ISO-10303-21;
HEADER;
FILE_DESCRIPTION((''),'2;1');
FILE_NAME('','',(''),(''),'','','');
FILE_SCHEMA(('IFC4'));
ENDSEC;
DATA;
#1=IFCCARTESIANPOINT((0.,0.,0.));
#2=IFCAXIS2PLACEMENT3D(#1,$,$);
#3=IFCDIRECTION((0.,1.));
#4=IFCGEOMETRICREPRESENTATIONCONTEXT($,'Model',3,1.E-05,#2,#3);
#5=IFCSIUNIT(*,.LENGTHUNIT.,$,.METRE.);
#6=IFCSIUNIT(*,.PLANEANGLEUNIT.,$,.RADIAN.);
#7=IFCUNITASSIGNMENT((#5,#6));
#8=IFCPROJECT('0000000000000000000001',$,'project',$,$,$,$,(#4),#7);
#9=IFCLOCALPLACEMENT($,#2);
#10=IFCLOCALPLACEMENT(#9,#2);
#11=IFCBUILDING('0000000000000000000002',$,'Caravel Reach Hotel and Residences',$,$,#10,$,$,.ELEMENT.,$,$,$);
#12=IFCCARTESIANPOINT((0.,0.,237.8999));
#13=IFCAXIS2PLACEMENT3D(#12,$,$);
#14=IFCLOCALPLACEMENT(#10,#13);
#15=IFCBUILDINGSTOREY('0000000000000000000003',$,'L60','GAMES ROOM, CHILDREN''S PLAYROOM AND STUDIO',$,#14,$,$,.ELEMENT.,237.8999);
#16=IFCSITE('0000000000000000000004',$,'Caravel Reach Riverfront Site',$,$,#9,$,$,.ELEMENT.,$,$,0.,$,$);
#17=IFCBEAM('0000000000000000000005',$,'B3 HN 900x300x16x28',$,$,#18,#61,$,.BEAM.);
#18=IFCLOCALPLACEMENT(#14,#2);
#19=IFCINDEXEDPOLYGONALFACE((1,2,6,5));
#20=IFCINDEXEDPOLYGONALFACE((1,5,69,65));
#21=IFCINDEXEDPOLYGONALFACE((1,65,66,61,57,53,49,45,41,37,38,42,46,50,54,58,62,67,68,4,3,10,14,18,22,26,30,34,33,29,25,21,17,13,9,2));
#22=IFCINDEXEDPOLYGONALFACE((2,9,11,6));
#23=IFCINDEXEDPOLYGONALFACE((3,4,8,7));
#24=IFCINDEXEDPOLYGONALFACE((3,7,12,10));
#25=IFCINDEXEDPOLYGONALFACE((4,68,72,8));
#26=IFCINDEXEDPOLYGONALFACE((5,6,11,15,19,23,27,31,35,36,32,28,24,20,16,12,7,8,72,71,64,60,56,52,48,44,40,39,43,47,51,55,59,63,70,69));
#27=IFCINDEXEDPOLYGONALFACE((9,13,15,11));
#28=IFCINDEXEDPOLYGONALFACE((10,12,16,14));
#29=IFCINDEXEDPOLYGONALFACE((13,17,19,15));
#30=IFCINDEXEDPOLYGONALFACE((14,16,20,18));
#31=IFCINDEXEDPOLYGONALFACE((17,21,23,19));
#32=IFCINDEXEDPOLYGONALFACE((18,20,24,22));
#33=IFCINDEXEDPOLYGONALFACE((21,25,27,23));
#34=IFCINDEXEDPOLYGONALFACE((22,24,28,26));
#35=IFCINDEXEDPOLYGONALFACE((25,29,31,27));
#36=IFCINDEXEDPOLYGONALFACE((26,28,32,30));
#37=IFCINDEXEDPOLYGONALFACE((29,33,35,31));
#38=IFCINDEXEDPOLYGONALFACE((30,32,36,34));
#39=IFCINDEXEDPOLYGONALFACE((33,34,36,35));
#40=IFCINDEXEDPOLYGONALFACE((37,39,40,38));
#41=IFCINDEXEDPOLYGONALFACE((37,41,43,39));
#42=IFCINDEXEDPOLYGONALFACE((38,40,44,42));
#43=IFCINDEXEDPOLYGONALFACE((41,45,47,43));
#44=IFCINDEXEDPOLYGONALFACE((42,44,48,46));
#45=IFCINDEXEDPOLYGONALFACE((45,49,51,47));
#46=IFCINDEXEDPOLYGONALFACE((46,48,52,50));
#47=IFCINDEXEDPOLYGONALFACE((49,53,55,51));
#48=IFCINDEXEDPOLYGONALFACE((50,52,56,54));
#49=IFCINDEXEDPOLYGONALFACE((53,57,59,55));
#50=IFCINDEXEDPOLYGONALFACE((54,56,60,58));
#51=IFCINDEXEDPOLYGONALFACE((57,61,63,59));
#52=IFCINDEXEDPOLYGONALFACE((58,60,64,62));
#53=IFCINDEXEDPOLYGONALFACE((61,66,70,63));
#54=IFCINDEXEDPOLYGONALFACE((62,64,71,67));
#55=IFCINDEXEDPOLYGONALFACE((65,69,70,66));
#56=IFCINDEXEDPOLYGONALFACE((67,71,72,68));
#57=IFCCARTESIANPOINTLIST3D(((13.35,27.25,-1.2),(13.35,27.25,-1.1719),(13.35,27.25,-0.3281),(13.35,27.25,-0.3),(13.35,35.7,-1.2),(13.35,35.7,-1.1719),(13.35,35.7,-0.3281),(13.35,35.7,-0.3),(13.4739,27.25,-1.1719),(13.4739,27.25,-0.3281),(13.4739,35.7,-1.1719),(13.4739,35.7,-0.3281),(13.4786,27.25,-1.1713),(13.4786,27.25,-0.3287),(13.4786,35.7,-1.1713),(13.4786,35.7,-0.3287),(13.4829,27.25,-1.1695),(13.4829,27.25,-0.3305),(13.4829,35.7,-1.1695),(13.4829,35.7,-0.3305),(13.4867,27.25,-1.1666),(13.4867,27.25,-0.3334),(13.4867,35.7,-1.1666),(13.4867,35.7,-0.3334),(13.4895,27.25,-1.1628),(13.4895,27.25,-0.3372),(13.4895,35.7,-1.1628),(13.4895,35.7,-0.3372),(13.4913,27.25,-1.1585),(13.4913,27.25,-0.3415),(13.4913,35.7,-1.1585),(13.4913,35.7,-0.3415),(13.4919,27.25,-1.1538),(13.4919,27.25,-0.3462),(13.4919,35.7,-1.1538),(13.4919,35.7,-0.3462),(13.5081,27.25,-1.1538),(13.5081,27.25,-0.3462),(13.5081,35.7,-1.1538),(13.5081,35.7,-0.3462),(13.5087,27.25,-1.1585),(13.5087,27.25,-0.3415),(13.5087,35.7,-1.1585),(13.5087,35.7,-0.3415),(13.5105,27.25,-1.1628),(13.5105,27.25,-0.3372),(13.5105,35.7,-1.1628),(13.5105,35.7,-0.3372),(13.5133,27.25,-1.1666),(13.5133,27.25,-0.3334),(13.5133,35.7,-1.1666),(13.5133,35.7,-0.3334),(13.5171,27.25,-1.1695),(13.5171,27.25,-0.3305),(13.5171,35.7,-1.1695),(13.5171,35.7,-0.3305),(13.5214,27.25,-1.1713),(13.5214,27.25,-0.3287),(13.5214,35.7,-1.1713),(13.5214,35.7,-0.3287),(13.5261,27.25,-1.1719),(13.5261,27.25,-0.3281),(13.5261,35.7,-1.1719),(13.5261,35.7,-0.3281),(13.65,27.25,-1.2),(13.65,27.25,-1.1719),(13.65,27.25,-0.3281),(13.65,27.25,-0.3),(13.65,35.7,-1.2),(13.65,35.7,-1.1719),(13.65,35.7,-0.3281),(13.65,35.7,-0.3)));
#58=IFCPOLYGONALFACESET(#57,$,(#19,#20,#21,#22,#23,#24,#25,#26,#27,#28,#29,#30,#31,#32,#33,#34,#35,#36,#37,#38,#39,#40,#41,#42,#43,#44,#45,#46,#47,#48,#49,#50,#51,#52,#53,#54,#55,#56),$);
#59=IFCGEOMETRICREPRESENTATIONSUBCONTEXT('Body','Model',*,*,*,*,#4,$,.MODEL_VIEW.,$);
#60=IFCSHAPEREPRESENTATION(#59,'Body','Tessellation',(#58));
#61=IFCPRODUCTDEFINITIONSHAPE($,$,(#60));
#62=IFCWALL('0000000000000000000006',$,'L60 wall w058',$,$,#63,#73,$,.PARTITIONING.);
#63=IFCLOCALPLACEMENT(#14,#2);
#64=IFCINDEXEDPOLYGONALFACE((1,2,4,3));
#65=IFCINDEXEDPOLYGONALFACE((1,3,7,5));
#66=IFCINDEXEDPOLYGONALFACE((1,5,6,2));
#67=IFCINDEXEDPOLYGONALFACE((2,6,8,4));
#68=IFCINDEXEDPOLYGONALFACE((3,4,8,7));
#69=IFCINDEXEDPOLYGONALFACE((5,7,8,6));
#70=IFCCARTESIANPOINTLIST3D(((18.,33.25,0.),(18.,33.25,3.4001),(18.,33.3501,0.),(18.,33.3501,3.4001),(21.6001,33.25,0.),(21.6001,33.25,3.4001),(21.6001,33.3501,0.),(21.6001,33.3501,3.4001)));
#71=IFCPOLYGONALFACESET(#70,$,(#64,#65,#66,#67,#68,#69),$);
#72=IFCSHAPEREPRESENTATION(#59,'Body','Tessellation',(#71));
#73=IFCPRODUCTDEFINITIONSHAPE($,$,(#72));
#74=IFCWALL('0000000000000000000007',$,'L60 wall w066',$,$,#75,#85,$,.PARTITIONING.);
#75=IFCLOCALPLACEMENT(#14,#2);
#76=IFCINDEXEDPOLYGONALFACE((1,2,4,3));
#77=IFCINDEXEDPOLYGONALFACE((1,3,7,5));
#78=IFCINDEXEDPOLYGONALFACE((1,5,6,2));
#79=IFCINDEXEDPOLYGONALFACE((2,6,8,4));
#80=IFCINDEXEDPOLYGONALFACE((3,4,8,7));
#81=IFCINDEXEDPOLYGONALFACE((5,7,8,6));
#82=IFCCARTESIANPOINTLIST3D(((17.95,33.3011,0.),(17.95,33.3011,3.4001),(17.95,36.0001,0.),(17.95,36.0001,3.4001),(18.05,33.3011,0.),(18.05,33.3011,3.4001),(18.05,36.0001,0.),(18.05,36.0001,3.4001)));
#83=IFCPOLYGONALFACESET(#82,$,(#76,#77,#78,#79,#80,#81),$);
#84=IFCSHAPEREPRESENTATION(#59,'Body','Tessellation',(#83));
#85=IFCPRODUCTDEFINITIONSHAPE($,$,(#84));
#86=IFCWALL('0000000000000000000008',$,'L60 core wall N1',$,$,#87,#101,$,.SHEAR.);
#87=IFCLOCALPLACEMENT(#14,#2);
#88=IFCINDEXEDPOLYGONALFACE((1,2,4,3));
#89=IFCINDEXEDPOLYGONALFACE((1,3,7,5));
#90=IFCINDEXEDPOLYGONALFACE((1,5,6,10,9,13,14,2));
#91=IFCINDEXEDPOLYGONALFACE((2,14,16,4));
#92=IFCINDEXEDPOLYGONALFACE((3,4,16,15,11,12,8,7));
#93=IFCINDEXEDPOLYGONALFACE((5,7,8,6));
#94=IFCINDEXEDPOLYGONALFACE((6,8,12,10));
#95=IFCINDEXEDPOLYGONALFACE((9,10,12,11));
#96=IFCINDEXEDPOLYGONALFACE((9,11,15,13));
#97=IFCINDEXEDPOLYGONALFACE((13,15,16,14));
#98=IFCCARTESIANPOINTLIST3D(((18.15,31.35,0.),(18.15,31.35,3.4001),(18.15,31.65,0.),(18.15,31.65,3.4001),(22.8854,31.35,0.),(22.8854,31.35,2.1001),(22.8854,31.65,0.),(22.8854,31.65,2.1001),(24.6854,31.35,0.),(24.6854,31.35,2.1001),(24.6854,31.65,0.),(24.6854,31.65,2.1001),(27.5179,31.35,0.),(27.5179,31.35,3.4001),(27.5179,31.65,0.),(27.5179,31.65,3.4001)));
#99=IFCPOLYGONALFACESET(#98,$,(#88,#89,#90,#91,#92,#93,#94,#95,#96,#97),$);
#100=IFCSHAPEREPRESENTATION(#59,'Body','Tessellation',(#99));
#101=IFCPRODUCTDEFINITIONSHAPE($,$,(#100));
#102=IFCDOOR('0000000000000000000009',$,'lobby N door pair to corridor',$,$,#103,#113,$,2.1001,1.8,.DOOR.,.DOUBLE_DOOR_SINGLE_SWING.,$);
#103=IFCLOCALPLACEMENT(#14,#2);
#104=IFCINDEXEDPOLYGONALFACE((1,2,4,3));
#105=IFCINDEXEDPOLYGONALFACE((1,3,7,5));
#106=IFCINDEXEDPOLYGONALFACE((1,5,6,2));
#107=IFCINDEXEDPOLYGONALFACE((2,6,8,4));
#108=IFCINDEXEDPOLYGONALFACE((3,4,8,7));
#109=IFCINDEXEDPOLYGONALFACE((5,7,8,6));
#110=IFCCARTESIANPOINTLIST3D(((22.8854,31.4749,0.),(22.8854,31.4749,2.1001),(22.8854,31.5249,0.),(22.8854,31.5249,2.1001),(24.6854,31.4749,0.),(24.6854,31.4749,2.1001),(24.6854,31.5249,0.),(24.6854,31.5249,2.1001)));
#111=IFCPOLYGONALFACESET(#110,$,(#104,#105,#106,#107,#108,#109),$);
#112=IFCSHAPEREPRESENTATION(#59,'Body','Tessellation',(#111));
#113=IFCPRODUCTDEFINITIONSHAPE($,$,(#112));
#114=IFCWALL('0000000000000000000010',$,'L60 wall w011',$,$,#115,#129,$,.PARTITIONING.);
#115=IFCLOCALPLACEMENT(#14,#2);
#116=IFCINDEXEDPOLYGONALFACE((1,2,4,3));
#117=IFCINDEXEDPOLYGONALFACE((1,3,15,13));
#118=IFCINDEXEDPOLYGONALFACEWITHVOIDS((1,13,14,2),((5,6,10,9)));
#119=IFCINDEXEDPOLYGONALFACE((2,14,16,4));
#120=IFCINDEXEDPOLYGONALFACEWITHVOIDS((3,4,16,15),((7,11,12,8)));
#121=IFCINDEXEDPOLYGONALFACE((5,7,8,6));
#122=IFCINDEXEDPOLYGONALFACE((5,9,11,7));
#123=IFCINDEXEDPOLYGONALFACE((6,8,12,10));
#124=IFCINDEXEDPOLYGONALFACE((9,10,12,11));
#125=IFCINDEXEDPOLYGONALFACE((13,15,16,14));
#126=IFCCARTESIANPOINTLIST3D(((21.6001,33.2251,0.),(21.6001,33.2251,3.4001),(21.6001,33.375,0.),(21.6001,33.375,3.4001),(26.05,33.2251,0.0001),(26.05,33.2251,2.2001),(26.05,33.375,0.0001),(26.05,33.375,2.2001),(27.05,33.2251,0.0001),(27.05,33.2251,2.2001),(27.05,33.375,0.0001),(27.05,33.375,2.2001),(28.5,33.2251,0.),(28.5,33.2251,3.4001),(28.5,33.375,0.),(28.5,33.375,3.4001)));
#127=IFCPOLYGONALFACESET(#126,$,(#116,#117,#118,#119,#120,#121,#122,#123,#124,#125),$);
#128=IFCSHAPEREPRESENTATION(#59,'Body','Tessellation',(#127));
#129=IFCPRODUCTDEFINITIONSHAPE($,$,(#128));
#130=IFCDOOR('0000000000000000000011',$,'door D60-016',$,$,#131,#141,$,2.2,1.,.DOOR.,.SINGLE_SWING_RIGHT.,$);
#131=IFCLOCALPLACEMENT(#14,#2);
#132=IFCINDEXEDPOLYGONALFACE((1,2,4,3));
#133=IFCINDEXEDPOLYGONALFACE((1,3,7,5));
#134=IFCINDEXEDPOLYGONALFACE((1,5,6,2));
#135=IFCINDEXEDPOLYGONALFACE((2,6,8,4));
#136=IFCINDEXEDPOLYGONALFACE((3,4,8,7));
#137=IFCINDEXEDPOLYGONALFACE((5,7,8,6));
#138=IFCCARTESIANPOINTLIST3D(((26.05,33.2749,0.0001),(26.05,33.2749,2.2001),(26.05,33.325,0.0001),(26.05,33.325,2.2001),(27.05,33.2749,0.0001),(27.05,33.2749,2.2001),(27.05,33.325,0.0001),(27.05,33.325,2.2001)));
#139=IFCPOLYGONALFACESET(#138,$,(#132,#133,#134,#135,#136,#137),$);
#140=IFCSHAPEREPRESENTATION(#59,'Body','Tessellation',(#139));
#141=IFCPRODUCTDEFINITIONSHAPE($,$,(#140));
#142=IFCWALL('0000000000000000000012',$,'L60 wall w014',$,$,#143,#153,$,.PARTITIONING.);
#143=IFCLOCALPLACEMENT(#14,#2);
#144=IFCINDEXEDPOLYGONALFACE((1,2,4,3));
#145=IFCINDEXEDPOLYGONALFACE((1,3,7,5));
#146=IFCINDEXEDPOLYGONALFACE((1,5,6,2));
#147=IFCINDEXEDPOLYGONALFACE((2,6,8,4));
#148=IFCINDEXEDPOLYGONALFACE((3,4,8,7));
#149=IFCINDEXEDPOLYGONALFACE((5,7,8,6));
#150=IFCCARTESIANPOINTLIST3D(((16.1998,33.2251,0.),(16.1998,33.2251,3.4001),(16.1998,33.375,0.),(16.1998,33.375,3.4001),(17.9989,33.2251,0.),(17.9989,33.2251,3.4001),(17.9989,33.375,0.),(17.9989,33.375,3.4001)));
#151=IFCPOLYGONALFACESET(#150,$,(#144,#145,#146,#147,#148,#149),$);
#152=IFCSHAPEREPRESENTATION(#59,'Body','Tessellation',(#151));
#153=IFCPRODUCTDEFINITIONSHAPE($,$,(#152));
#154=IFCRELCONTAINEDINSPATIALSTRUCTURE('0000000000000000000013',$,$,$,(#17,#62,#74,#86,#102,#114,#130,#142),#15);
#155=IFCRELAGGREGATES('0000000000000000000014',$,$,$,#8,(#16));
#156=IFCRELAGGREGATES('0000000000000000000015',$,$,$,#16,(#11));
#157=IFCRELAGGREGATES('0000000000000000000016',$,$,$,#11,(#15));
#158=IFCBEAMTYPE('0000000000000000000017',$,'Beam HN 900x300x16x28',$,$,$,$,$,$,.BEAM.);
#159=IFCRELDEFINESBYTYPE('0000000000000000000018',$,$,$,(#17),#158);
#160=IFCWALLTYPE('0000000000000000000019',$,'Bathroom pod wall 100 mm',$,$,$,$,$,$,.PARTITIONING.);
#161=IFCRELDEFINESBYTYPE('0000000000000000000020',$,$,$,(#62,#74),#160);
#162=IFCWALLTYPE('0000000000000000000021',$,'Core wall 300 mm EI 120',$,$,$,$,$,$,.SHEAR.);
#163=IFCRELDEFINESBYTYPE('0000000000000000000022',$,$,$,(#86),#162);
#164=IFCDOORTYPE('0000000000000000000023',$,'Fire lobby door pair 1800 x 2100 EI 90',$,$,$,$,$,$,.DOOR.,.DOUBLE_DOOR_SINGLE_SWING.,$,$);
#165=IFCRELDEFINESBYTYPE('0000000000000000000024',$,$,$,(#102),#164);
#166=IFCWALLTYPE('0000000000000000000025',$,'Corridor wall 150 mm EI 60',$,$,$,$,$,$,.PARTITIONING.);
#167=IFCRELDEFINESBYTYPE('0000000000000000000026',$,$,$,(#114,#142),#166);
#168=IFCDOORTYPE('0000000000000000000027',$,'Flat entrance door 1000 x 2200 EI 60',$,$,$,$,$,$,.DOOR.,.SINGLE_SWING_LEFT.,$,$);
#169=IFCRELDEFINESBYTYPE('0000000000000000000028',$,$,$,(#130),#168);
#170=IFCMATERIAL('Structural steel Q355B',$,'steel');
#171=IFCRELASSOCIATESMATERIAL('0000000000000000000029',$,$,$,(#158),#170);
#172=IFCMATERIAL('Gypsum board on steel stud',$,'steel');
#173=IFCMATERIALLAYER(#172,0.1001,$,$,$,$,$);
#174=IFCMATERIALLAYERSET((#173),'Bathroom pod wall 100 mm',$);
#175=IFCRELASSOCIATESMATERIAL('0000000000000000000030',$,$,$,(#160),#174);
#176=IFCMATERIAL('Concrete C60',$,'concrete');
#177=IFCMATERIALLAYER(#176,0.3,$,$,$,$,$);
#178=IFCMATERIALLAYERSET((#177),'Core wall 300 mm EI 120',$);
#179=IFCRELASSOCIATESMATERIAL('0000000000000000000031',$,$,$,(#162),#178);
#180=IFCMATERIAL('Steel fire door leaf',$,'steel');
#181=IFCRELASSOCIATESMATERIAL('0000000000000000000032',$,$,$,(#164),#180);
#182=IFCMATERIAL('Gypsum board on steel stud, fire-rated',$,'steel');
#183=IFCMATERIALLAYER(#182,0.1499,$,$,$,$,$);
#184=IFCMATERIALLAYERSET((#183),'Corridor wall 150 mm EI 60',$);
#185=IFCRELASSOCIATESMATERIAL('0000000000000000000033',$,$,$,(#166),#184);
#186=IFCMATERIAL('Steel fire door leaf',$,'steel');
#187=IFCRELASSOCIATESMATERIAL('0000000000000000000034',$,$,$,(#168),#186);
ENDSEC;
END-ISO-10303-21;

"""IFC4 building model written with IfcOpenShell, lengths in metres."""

from ifc_helpers import new_model, si_unit, direction, frame, frame_2d, origin, origin_2d, place, context, subcontext, project, spatial, rectangle, i_section, extrude, material, layer, layer_set, material_profile, profile_set, type_object, element, fill, save


model = new_model("IFC4")

# Units and contexts
model_context = context("Model", 3, precision=1e-05, world=origin(), true_north=direction((0.0, 1.0)))
body_context = subcontext(model_context, "Body", "Model", "MODEL_VIEW")
ifc_project = project(units=[si_unit("LENGTHUNIT", "METRE"), si_unit("PLANEANGLEUNIT", "RADIAN")], contexts=[model_context])

# Site, building, storey
site_placement = place(None, origin())
site = spatial("IfcSite", under=ifc_project, at=site_placement, Name="Caravel Reach Riverfront Site", CompositionType="ELEMENT", RefElevation=0.0)
building_placement = place(site_placement, origin())
building = spatial("IfcBuilding", under=site, at=building_placement, Name="Caravel Reach Hotel and Residences", CompositionType="ELEMENT")
storey_placement = place(building_placement, frame((0.0, 0.0, 237.8999)))
storey = spatial("IfcBuildingStorey", under=building, at=storey_placement, Name="L60", Description="GAMES ROOM, CHILDREN'S PLAYROOM AND STUDIO", CompositionType="ELEMENT", Elevation=237.8999)

# Beam
ifc_material_1 = material(Name="Structural steel Q355B", Category="steel")
ifc_material_profile_1 = material_profile(ifc_material_1, i_section(OverallWidth=0.3, OverallDepth=0.8999, WebThickness=0.0161, FlangeThickness=0.0281, FilletRadius=0.0181, at=origin_2d()), Name="HN 900x300x16x28")
ifc_profile_set_1 = profile_set([ifc_material_profile_1], Name="Structural steel Q355B")
beam_type_1 = type_object("IfcBeamType", Name="Beam HN 900x300x16x28", PredefinedType="BEAM", material=ifc_profile_set_1)
beam_1_placement = place(storey_placement, frame((13.5, 27.25, -0.75), z_axis=(0.0, 1.0, 0.0), x_axis=(-1.0, 0.0, 0.0)))
element("IfcBeam", 1, at=beam_1_placement, inside=storey, type_object=beam_type_1, Name="B3 HN 900x300x16x28", PredefinedType="BEAM", context=body_context, shape_type="SweptSolid", body=[
    extrude(i_section(OverallWidth=0.3, OverallDepth=0.8999, WebThickness=0.0161, FlangeThickness=0.0281, FilletRadius=0.0181, at=origin_2d()), origin(), (0.0, 0.0, 1.0), 8.45),
])

# Walls
ifc_material_2 = material(Name="Gypsum board on steel stud", Category="steel")
ifc_layer_1 = layer(ifc_material_2, 0.1001)
ifc_layer_set_1 = layer_set([ifc_layer_1], Name="Bathroom pod wall 100 mm")
wall_type_1 = type_object("IfcWallType", Name="Bathroom pod wall 100 mm", PredefinedType="PARTITIONING", material=ifc_layer_set_1)
wall_1_placement = place(storey_placement, frame((18.0, 33.3, 0.0), z_axis=(0.0, 0.0, 1.0), x_axis=(1.0, 0.0, 0.0)))
element("IfcWall", 2, at=wall_1_placement, inside=storey, type_object=wall_type_1, Name="L60 wall w058", PredefinedType="PARTITIONING", context=body_context, shape_type="SweptSolid", body=[
    extrude(rectangle(XDim=3.6001, YDim=0.1001, at=frame_2d((1.8, 0.0))), origin(), (0.0, 0.0, 1.0), 3.4001),
])
wall_2_placement = place(storey_placement, frame((18.0, 33.301, 0.0), z_axis=(0.0, 0.0, 1.0), x_axis=(0.0, 1.0, 0.0)))
element("IfcWall", 3, at=wall_2_placement, inside=storey, type_object=wall_type_1, Name="L60 wall w066", PredefinedType="PARTITIONING", context=body_context, shape_type="SweptSolid", body=[
    extrude(rectangle(XDim=2.699, YDim=0.1001, at=frame_2d((1.3496, 0.0))), origin(), (0.0, 0.0, 1.0), 3.4001),
])

# Walls, openings, doors
ifc_material_3 = material(Name="Concrete C60", Category="concrete")
ifc_layer_2 = layer(ifc_material_3, 0.3)
ifc_layer_set_2 = layer_set([ifc_layer_2], Name="Core wall 300 mm EI 120")
wall_type_2 = type_object("IfcWallType", Name="Core wall 300 mm EI 120", PredefinedType="SHEAR", material=ifc_layer_set_2)
wall_3_placement = place(storey_placement, frame((18.1499, 31.5, 0.0), z_axis=(0.0, 0.0, 1.0), x_axis=(1.0, 0.0, 0.0)))
wall_3 = element("IfcWall", 4, at=wall_3_placement, inside=storey, type_object=wall_type_2, Name="L60 core wall N1", PredefinedType="SHEAR", context=body_context, shape_type="SweptSolid", body=[
    extrude(rectangle(XDim=9.3679, YDim=0.3, at=frame_2d((4.6841, 0.0))), origin(), (0.0, 0.0, 1.0), 3.4001),
])
opening_1_placement = place(wall_3_placement, frame((4.7356, 0.0, 0.0)))
opening_1 = element("IfcOpeningElement", 5, at=opening_1_placement, cuts=wall_3, PredefinedType="OPENING", context=body_context, shape_type="SweptSolid", body=[
    extrude(rectangle(XDim=1.8, YDim=2.1001, at=frame_2d((0.8999, 1.05))), frame((0.0, 0.1599, 0.0), z_axis=(0.0, -1.0, 0.0), x_axis=(1.0, 0.0, 0.0)), (0.0, 0.0, 1.0), 0.3201),
])
ifc_material_4 = material(Name="Steel fire door leaf", Category="steel")
door_type_1 = type_object("IfcDoorType", Name="Fire lobby door pair 1800 x 2100 EI 90", OperationType="DOUBLE_DOOR_SINGLE_SWING", PredefinedType="DOOR", material=ifc_material_4)
door_1_placement = place(opening_1_placement, origin())
door_1 = element("IfcDoor", 6, at=door_1_placement, inside=storey, type_object=door_type_1, Name="lobby N door pair to corridor", OperationType="DOUBLE_DOOR_SINGLE_SWING", OverallHeight=2.1001, OverallWidth=1.8, PredefinedType="DOOR", context=body_context, shape_type="SweptSolid", body=[
    extrude(rectangle(XDim=1.8, YDim=2.1001, at=frame_2d((0.8999, 1.05))), frame((0.0, 0.0249, 0.0), z_axis=(0.0, -1.0, 0.0), x_axis=(1.0, 0.0, 0.0)), (0.0, 0.0, 1.0), 0.05),
])
fill(opening_1, door_1)
ifc_material_5 = material(Name="Gypsum board on steel stud, fire-rated", Category="steel")
ifc_layer_3 = layer(ifc_material_5, 0.1499)
ifc_layer_set_3 = layer_set([ifc_layer_3], Name="Corridor wall 150 mm EI 60")
wall_type_3 = type_object("IfcWallType", Name="Corridor wall 150 mm EI 60", PredefinedType="PARTITIONING", material=ifc_layer_set_3)
wall_4_placement = place(storey_placement, frame((21.6001, 33.3, 0.0), z_axis=(0.0, 0.0, 1.0), x_axis=(1.0, 0.0, 0.0)))
wall_4 = element("IfcWall", 7, at=wall_4_placement, inside=storey, type_object=wall_type_3, Name="L60 wall w011", PredefinedType="PARTITIONING", context=body_context, shape_type="SweptSolid", body=[
    extrude(rectangle(XDim=6.8999, YDim=0.1499, at=frame_2d((3.45, 0.0))), origin(), (0.0, 0.0, 1.0), 3.4001),
])
opening_2_placement = place(wall_4_placement, frame((4.45, 0.0, 0.0)))
opening_2 = element("IfcOpeningElement", 8, at=opening_2_placement, cuts=wall_4, PredefinedType="OPENING", context=body_context, shape_type="SweptSolid", body=[
    extrude(rectangle(XDim=1.0, YDim=2.2, at=frame_2d((0.5, 1.1001))), frame((0.0, 0.085, 0.0), z_axis=(0.0, -1.0, 0.0), x_axis=(1.0, 0.0, 0.0)), (0.0, 0.0, 1.0), 0.1699),
])
ifc_material_6 = material(Name="Steel fire door leaf", Category="steel")
door_type_2 = type_object("IfcDoorType", Name="Flat entrance door 1000 x 2200 EI 60", OperationType="SINGLE_SWING_LEFT", PredefinedType="DOOR", material=ifc_material_6)
door_2_placement = place(opening_2_placement, origin())
door_2 = element("IfcDoor", 9, at=door_2_placement, inside=storey, type_object=door_type_2, Name="door D60-016", OperationType="SINGLE_SWING_RIGHT", OverallHeight=2.2, OverallWidth=1.0, PredefinedType="DOOR", context=body_context, shape_type="SweptSolid", body=[
    extrude(rectangle(XDim=1.0, YDim=2.2, at=frame_2d((0.5, 1.1001))), frame((0.0, 0.0249, 0.0), z_axis=(0.0, -1.0, 0.0), x_axis=(1.0, 0.0, 0.0)), (0.0, 0.0, 1.0), 0.05),
])
fill(opening_2, door_2)

# Wall
wall_5_placement = place(storey_placement, frame((16.2, 33.3, 0.0), z_axis=(0.0, 0.0, 1.0), x_axis=(1.0, 0.0, 0.0)))
element("IfcWall", 10, at=wall_5_placement, inside=storey, type_object=wall_type_3, Name="L60 wall w014", PredefinedType="PARTITIONING", context=body_context, shape_type="SweptSolid", body=[
    extrude(rectangle(XDim=1.7991, YDim=0.1499, at=frame_2d((0.8994, 0.0))), origin(), (0.0, 0.0, 1.0), 3.4001),
])

save(model, "model.ifc")
